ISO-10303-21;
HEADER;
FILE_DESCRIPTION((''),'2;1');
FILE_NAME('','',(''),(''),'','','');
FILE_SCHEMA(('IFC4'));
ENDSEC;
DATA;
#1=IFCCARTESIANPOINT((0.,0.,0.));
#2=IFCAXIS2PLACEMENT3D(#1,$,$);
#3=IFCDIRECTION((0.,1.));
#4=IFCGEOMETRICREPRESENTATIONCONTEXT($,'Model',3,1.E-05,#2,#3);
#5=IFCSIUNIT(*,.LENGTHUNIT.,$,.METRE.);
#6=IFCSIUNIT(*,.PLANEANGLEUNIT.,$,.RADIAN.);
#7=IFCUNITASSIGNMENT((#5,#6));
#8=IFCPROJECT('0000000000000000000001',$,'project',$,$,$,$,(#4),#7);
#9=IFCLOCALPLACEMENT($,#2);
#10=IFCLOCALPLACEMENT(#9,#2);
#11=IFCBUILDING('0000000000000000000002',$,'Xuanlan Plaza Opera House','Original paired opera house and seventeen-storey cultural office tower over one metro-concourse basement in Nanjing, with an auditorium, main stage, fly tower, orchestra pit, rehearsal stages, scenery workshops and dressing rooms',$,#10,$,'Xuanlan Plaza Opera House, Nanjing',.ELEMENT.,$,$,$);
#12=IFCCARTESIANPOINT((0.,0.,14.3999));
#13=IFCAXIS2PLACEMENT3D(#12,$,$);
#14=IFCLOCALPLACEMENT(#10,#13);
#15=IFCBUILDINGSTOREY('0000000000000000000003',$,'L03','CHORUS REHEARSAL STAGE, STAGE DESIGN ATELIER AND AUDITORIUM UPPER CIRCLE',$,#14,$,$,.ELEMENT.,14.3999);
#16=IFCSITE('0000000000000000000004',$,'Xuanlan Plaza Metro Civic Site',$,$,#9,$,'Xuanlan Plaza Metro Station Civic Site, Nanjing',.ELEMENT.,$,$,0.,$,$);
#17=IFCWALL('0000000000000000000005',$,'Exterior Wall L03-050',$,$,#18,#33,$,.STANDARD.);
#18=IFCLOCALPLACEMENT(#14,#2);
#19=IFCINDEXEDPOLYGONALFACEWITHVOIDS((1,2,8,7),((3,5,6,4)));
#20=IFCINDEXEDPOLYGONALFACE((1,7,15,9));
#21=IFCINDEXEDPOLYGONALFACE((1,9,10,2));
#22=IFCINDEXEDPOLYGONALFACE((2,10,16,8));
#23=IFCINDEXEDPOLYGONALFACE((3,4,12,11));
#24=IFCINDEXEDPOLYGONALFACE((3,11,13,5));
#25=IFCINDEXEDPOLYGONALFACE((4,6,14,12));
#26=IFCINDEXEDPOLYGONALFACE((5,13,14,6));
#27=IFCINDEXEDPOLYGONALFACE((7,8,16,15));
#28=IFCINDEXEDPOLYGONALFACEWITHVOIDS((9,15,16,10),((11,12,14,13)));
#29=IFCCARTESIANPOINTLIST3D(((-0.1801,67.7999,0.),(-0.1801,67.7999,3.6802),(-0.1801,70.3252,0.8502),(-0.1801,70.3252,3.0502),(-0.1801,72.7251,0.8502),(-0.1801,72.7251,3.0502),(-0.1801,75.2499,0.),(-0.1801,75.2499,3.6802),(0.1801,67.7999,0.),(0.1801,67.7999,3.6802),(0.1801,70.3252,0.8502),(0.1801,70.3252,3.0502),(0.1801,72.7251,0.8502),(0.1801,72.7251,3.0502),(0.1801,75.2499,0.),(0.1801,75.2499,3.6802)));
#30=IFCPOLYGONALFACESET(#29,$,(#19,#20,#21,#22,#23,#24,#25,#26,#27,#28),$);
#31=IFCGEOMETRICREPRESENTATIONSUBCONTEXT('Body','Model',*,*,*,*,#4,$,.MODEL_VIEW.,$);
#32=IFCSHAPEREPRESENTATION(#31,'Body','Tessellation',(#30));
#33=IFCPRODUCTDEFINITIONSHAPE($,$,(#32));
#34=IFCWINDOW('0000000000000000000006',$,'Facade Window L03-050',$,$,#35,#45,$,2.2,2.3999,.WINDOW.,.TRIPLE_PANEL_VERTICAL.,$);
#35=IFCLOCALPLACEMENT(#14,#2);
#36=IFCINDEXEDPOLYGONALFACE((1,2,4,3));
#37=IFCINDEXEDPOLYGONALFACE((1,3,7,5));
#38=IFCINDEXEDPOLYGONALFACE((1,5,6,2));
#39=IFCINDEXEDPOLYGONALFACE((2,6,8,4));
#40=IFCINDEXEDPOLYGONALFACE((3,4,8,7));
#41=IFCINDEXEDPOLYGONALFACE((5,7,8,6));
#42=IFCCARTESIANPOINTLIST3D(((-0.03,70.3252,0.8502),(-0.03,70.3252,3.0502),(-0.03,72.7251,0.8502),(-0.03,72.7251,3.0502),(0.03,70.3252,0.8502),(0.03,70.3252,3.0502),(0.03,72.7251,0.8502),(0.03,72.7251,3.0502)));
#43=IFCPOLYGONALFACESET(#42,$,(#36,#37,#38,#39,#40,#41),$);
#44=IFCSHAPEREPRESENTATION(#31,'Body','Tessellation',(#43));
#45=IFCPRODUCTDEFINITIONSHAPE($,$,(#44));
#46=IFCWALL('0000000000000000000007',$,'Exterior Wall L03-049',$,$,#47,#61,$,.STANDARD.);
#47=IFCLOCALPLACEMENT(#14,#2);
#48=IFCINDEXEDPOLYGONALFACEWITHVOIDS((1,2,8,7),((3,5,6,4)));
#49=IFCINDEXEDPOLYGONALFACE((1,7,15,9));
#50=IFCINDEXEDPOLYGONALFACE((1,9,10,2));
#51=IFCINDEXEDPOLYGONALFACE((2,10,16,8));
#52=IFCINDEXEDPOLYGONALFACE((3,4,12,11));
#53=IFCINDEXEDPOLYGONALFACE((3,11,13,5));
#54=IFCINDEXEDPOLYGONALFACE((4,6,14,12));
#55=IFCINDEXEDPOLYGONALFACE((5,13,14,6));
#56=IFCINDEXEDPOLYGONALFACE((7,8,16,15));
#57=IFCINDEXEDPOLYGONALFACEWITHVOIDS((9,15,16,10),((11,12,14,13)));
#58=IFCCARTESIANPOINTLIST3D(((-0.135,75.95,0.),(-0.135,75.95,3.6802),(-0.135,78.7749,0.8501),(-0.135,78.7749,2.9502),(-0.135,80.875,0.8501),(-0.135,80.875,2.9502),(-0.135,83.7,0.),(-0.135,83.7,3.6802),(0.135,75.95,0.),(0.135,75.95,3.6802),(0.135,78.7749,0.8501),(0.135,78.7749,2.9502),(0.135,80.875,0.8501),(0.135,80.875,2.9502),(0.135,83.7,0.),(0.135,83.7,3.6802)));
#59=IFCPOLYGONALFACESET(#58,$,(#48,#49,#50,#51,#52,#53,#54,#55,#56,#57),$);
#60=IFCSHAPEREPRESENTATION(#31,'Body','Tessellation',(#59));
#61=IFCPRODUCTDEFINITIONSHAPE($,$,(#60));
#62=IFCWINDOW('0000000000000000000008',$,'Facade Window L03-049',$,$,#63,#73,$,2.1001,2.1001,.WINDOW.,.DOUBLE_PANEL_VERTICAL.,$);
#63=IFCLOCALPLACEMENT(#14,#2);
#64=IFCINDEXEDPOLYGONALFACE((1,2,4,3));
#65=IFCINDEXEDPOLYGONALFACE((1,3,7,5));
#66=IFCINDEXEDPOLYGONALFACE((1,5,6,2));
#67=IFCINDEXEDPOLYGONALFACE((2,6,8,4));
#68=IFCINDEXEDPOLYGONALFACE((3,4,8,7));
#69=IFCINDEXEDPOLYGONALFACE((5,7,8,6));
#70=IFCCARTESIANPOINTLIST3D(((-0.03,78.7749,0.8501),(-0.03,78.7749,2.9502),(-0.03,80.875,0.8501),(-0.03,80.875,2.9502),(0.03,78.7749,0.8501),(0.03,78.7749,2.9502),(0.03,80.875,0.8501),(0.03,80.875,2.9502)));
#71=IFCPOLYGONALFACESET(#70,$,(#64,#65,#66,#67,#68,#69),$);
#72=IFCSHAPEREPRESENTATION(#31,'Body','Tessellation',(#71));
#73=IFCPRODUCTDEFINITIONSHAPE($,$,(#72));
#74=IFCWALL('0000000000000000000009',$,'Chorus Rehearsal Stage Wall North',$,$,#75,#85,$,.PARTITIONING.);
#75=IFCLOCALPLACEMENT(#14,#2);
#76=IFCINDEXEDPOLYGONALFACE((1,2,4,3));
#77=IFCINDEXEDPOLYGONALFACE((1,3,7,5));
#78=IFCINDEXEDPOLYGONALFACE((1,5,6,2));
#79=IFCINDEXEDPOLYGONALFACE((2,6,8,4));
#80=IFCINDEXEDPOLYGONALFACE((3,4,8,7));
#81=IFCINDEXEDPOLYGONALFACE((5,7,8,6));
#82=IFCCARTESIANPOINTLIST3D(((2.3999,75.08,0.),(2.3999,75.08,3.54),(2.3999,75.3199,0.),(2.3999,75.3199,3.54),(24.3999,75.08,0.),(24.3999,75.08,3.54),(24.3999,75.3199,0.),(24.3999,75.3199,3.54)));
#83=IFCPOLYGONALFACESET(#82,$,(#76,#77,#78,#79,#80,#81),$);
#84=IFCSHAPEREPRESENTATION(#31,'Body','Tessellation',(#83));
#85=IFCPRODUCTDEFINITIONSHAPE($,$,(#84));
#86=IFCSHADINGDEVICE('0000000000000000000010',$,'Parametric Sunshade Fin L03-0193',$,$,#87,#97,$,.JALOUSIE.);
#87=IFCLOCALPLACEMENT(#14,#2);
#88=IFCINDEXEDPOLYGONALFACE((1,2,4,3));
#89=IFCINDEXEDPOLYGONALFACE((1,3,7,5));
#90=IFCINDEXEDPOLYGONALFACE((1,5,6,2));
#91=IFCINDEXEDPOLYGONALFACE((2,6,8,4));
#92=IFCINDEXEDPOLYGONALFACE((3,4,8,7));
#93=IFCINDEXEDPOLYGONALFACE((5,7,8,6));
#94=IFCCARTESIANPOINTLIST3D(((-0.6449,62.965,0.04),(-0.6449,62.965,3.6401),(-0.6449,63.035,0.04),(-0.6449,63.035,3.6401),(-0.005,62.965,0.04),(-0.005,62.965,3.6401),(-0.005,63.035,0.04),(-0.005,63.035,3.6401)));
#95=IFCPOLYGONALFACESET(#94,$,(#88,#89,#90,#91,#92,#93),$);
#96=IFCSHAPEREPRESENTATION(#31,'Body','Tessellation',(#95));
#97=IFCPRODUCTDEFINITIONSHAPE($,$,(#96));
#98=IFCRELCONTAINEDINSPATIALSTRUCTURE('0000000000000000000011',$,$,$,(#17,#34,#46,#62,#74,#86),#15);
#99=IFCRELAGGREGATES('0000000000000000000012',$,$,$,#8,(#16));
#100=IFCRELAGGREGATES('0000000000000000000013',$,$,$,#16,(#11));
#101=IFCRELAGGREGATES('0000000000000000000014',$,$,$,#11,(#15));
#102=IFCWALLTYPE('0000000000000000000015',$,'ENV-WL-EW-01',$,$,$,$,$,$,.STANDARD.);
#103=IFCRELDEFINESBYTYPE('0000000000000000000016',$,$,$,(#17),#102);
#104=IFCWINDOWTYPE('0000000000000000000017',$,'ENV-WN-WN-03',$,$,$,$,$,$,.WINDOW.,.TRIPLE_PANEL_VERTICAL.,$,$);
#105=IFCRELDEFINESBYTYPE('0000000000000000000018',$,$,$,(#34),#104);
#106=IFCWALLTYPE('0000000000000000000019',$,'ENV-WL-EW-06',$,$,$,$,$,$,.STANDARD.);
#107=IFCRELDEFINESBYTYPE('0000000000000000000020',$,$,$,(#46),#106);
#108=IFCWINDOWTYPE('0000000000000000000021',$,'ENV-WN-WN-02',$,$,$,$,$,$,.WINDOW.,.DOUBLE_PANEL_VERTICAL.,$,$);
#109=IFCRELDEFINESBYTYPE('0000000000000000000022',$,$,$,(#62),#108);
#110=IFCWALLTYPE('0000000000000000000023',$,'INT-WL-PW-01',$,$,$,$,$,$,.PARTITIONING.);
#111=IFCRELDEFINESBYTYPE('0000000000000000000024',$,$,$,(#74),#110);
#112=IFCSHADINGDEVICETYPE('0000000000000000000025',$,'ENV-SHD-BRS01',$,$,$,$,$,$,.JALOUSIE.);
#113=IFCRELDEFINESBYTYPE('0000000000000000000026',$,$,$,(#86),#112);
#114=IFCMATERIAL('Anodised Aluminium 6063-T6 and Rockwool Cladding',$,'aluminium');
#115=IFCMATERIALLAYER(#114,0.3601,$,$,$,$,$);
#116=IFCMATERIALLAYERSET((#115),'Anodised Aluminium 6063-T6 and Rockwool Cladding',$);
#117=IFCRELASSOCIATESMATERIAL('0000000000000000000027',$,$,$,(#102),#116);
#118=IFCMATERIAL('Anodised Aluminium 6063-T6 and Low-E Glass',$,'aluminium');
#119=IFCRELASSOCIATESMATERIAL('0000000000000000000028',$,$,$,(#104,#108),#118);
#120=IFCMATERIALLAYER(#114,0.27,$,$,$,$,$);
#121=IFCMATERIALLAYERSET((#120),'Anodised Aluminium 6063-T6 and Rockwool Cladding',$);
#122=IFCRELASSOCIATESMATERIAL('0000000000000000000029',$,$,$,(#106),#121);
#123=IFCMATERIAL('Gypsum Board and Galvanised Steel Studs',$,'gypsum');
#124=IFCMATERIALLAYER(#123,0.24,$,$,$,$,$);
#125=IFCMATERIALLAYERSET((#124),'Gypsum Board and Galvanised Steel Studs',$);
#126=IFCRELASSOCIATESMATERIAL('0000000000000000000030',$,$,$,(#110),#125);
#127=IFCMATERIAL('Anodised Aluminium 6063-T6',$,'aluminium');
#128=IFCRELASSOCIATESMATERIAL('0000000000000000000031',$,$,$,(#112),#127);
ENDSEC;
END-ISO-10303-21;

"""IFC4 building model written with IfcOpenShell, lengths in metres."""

from ifc_helpers import new_model, si_unit, direction, frame, frame_2d, origin, origin_2d, place, context, subcontext, project, spatial, rectangle, extrude, material, layer, layer_set, type_object, element, fill, save


model = new_model("IFC4")

# Units and contexts
model_context = context("Model", 3, precision=1e-05, world=origin(), true_north=direction((0.0, 1.0)))
body_context = subcontext(model_context, "Body", "Model", "MODEL_VIEW")
ifc_project = project(units=[si_unit("LENGTHUNIT", "METRE"), si_unit("PLANEANGLEUNIT", "RADIAN")], contexts=[model_context])

# Site, building, storey
site_placement = place(None, origin())
site = spatial("IfcSite", under=ifc_project, at=site_placement, Name="Xuanlan Plaza Metro Civic Site", LongName="Xuanlan Plaza Metro Station Civic Site, Nanjing", CompositionType="ELEMENT", RefElevation=0.0)
building_placement = place(site_placement, origin())
building = spatial("IfcBuilding", under=site, at=building_placement, Name="Xuanlan Plaza Opera House", Description="Original paired opera house and seventeen-storey cultural office tower over one metro-concourse basement in Nanjing, with an auditorium, main stage, fly tower, orchestra pit, rehearsal stages, scenery workshops and dressing rooms", LongName="Xuanlan Plaza Opera House, Nanjing", CompositionType="ELEMENT")
storey_placement = place(building_placement, frame((0.0, 0.0, 14.3999)))
storey = spatial("IfcBuildingStorey", under=building, at=storey_placement, Name="L03", Description="CHORUS REHEARSAL STAGE, STAGE DESIGN ATELIER AND AUDITORIUM UPPER CIRCLE", CompositionType="ELEMENT", Elevation=14.3999)

# Shared definitions
ifc_material_1 = material(Name="Anodised Aluminium 6063-T6 and Low-E Glass", Category="aluminium")
ifc_material_2 = material(Name="Anodised Aluminium 6063-T6", Category="aluminium")

# Walls, openings, windows
ifc_material_3 = material(Name="Anodised Aluminium 6063-T6 and Rockwool Cladding", Category="aluminium")
ifc_layer_1 = layer(ifc_material_3, 0.3601)
ifc_layer_set_1 = layer_set([ifc_layer_1], Name="Anodised Aluminium 6063-T6 and Rockwool Cladding")
wall_type_1 = type_object("IfcWallType", Name="ENV-WL-EW-01", PredefinedType="STANDARD", material=ifc_layer_set_1)
wall_1_placement = place(storey_placement, frame((0.0, 75.25, 0.0), z_axis=(0.0, 0.0, 1.0), x_axis=(0.0, -1.0, 0.0)))
wall_1 = element("IfcWall", 1, at=wall_1_placement, inside=storey, type_object=wall_type_1, Name="Exterior Wall L03-050", PredefinedType="STANDARD", context=body_context, shape_type="SweptSolid", body=[
    extrude(rectangle(XDim=7.45, YDim=0.3601, at=frame_2d((3.7251, 0.0))), origin(), (0.0, 0.0, 1.0), 3.6802),
])
opening_1_placement = place(wall_1_placement, frame((2.5249, 0.0, 0.8501)))
opening_1 = element("IfcOpeningElement", 2, at=opening_1_placement, cuts=wall_1, PredefinedType="OPENING", context=body_context, shape_type="SweptSolid", body=[
    extrude(rectangle(XDim=2.3999, YDim=2.2, at=frame_2d((1.2, 1.1001))), frame((0.0, 0.1899, 0.0), z_axis=(0.0, -1.0, 0.0), x_axis=(1.0, 0.0, 0.0)), (0.0, 0.0, 1.0), 0.3801),
])
window_type_1 = type_object("IfcWindowType", Name="ENV-WN-WN-03", PartitioningType="TRIPLE_PANEL_VERTICAL", PredefinedType="WINDOW", material=ifc_material_1)
window_1_placement = place(opening_1_placement, origin())
window_1 = element("IfcWindow", 3, at=window_1_placement, inside=storey, type_object=window_type_1, Name="Facade Window L03-050", OverallHeight=2.2, OverallWidth=2.3999, PartitioningType="TRIPLE_PANEL_VERTICAL", PredefinedType="WINDOW", context=body_context, shape_type="SweptSolid", body=[
    extrude(rectangle(XDim=2.3999, YDim=2.2, at=frame_2d((1.2, 1.1001))), frame((0.0, 0.03, 0.0), z_axis=(0.0, -1.0, 0.0), x_axis=(1.0, 0.0, 0.0)), (0.0, 0.0, 1.0), 0.0601),
])
fill(opening_1, window_1)
ifc_layer_2 = layer(ifc_material_3, 0.27)
ifc_layer_set_2 = layer_set([ifc_layer_2], Name="Anodised Aluminium 6063-T6 and Rockwool Cladding")
wall_type_2 = type_object("IfcWallType", Name="ENV-WL-EW-06", PredefinedType="STANDARD", material=ifc_layer_set_2)
wall_2_placement = place(storey_placement, frame((0.0, 83.7, 0.0), z_axis=(0.0, 0.0, 1.0), x_axis=(0.0, -1.0, 0.0)))
wall_2 = element("IfcWall", 4, at=wall_2_placement, inside=storey, type_object=wall_type_2, Name="Exterior Wall L03-049", PredefinedType="STANDARD", context=body_context, shape_type="SweptSolid", body=[
    extrude(rectangle(XDim=7.75, YDim=0.27, at=frame_2d((3.875, 0.0))), origin(), (0.0, 0.0, 1.0), 3.6802),
])
opening_2_placement = place(wall_2_placement, frame((2.825, 0.0, 0.8501)))
opening_2 = element("IfcOpeningElement", 5, at=opening_2_placement, cuts=wall_2, PredefinedType="OPENING", context=body_context, shape_type="SweptSolid", body=[
    extrude(rectangle(XDim=2.1001, YDim=2.1001, at=frame_2d((1.05, 1.05))), frame((0.0, 0.145, 0.0), z_axis=(0.0, -1.0, 0.0), x_axis=(1.0, 0.0, 0.0)), (0.0, 0.0, 1.0), 0.29),
])
window_type_2 = type_object("IfcWindowType", Name="ENV-WN-WN-02", PartitioningType="DOUBLE_PANEL_VERTICAL", PredefinedType="WINDOW", material=ifc_material_1)
window_2_placement = place(opening_2_placement, origin())
window_2 = element("IfcWindow", 6, at=window_2_placement, inside=storey, type_object=window_type_2, Name="Facade Window L03-049", OverallHeight=2.1001, OverallWidth=2.1001, PartitioningType="DOUBLE_PANEL_VERTICAL", PredefinedType="WINDOW", context=body_context, shape_type="SweptSolid", body=[
    extrude(rectangle(XDim=2.1001, YDim=2.1001, at=frame_2d((1.05, 1.05))), frame((0.0, 0.03, 0.0), z_axis=(0.0, -1.0, 0.0), x_axis=(1.0, 0.0, 0.0)), (0.0, 0.0, 1.0), 0.0601),
])
fill(opening_2, window_2)

# Wall
ifc_material_4 = material(Name="Gypsum Board and Galvanised Steel Studs", Category="gypsum")
ifc_layer_3 = layer(ifc_material_4, 0.24)
ifc_layer_set_3 = layer_set([ifc_layer_3], Name="Gypsum Board and Galvanised Steel Studs")
wall_type_3 = type_object("IfcWallType", Name="INT-WL-PW-01", PredefinedType="PARTITIONING", material=ifc_layer_set_3)
wall_3_placement = place(storey_placement, frame((2.3999, 75.2, 0.0), z_axis=(0.0, 0.0, 1.0), x_axis=(1.0, 0.0, 0.0)))
element("IfcWall", 7, at=wall_3_placement, inside=storey, type_object=wall_type_3, Name="Chorus Rehearsal Stage Wall North", PredefinedType="PARTITIONING", context=body_context, shape_type="SweptSolid", body=[
    extrude(rectangle(XDim=22.0, YDim=0.24, at=frame_2d((11.0, 0.0))), origin(), (0.0, 0.0, 1.0), 3.54),
])

# Shading device
shading_device_type = type_object("IfcShadingDeviceType", Name="ENV-SHD-BRS01", PredefinedType="JALOUSIE", material=ifc_material_2)
shading_device_placement = place(storey_placement, frame((-0.325, 63.0, 0.04), z_axis=(0.0, 0.0, 1.0), x_axis=(-1.0, 0.0, 0.0)))
element("IfcShadingDevice", 8, at=shading_device_placement, inside=storey, type_object=shading_device_type, Name="Parametric Sunshade Fin L03-0193", PredefinedType="JALOUSIE", context=body_context, shape_type="SweptSolid", body=[
    extrude(rectangle(XDim=0.6399, YDim=0.0701, at=origin_2d()), origin(), (0.0, 0.0, 1.0), 3.6001),
])

save(model, "model.ifc")
